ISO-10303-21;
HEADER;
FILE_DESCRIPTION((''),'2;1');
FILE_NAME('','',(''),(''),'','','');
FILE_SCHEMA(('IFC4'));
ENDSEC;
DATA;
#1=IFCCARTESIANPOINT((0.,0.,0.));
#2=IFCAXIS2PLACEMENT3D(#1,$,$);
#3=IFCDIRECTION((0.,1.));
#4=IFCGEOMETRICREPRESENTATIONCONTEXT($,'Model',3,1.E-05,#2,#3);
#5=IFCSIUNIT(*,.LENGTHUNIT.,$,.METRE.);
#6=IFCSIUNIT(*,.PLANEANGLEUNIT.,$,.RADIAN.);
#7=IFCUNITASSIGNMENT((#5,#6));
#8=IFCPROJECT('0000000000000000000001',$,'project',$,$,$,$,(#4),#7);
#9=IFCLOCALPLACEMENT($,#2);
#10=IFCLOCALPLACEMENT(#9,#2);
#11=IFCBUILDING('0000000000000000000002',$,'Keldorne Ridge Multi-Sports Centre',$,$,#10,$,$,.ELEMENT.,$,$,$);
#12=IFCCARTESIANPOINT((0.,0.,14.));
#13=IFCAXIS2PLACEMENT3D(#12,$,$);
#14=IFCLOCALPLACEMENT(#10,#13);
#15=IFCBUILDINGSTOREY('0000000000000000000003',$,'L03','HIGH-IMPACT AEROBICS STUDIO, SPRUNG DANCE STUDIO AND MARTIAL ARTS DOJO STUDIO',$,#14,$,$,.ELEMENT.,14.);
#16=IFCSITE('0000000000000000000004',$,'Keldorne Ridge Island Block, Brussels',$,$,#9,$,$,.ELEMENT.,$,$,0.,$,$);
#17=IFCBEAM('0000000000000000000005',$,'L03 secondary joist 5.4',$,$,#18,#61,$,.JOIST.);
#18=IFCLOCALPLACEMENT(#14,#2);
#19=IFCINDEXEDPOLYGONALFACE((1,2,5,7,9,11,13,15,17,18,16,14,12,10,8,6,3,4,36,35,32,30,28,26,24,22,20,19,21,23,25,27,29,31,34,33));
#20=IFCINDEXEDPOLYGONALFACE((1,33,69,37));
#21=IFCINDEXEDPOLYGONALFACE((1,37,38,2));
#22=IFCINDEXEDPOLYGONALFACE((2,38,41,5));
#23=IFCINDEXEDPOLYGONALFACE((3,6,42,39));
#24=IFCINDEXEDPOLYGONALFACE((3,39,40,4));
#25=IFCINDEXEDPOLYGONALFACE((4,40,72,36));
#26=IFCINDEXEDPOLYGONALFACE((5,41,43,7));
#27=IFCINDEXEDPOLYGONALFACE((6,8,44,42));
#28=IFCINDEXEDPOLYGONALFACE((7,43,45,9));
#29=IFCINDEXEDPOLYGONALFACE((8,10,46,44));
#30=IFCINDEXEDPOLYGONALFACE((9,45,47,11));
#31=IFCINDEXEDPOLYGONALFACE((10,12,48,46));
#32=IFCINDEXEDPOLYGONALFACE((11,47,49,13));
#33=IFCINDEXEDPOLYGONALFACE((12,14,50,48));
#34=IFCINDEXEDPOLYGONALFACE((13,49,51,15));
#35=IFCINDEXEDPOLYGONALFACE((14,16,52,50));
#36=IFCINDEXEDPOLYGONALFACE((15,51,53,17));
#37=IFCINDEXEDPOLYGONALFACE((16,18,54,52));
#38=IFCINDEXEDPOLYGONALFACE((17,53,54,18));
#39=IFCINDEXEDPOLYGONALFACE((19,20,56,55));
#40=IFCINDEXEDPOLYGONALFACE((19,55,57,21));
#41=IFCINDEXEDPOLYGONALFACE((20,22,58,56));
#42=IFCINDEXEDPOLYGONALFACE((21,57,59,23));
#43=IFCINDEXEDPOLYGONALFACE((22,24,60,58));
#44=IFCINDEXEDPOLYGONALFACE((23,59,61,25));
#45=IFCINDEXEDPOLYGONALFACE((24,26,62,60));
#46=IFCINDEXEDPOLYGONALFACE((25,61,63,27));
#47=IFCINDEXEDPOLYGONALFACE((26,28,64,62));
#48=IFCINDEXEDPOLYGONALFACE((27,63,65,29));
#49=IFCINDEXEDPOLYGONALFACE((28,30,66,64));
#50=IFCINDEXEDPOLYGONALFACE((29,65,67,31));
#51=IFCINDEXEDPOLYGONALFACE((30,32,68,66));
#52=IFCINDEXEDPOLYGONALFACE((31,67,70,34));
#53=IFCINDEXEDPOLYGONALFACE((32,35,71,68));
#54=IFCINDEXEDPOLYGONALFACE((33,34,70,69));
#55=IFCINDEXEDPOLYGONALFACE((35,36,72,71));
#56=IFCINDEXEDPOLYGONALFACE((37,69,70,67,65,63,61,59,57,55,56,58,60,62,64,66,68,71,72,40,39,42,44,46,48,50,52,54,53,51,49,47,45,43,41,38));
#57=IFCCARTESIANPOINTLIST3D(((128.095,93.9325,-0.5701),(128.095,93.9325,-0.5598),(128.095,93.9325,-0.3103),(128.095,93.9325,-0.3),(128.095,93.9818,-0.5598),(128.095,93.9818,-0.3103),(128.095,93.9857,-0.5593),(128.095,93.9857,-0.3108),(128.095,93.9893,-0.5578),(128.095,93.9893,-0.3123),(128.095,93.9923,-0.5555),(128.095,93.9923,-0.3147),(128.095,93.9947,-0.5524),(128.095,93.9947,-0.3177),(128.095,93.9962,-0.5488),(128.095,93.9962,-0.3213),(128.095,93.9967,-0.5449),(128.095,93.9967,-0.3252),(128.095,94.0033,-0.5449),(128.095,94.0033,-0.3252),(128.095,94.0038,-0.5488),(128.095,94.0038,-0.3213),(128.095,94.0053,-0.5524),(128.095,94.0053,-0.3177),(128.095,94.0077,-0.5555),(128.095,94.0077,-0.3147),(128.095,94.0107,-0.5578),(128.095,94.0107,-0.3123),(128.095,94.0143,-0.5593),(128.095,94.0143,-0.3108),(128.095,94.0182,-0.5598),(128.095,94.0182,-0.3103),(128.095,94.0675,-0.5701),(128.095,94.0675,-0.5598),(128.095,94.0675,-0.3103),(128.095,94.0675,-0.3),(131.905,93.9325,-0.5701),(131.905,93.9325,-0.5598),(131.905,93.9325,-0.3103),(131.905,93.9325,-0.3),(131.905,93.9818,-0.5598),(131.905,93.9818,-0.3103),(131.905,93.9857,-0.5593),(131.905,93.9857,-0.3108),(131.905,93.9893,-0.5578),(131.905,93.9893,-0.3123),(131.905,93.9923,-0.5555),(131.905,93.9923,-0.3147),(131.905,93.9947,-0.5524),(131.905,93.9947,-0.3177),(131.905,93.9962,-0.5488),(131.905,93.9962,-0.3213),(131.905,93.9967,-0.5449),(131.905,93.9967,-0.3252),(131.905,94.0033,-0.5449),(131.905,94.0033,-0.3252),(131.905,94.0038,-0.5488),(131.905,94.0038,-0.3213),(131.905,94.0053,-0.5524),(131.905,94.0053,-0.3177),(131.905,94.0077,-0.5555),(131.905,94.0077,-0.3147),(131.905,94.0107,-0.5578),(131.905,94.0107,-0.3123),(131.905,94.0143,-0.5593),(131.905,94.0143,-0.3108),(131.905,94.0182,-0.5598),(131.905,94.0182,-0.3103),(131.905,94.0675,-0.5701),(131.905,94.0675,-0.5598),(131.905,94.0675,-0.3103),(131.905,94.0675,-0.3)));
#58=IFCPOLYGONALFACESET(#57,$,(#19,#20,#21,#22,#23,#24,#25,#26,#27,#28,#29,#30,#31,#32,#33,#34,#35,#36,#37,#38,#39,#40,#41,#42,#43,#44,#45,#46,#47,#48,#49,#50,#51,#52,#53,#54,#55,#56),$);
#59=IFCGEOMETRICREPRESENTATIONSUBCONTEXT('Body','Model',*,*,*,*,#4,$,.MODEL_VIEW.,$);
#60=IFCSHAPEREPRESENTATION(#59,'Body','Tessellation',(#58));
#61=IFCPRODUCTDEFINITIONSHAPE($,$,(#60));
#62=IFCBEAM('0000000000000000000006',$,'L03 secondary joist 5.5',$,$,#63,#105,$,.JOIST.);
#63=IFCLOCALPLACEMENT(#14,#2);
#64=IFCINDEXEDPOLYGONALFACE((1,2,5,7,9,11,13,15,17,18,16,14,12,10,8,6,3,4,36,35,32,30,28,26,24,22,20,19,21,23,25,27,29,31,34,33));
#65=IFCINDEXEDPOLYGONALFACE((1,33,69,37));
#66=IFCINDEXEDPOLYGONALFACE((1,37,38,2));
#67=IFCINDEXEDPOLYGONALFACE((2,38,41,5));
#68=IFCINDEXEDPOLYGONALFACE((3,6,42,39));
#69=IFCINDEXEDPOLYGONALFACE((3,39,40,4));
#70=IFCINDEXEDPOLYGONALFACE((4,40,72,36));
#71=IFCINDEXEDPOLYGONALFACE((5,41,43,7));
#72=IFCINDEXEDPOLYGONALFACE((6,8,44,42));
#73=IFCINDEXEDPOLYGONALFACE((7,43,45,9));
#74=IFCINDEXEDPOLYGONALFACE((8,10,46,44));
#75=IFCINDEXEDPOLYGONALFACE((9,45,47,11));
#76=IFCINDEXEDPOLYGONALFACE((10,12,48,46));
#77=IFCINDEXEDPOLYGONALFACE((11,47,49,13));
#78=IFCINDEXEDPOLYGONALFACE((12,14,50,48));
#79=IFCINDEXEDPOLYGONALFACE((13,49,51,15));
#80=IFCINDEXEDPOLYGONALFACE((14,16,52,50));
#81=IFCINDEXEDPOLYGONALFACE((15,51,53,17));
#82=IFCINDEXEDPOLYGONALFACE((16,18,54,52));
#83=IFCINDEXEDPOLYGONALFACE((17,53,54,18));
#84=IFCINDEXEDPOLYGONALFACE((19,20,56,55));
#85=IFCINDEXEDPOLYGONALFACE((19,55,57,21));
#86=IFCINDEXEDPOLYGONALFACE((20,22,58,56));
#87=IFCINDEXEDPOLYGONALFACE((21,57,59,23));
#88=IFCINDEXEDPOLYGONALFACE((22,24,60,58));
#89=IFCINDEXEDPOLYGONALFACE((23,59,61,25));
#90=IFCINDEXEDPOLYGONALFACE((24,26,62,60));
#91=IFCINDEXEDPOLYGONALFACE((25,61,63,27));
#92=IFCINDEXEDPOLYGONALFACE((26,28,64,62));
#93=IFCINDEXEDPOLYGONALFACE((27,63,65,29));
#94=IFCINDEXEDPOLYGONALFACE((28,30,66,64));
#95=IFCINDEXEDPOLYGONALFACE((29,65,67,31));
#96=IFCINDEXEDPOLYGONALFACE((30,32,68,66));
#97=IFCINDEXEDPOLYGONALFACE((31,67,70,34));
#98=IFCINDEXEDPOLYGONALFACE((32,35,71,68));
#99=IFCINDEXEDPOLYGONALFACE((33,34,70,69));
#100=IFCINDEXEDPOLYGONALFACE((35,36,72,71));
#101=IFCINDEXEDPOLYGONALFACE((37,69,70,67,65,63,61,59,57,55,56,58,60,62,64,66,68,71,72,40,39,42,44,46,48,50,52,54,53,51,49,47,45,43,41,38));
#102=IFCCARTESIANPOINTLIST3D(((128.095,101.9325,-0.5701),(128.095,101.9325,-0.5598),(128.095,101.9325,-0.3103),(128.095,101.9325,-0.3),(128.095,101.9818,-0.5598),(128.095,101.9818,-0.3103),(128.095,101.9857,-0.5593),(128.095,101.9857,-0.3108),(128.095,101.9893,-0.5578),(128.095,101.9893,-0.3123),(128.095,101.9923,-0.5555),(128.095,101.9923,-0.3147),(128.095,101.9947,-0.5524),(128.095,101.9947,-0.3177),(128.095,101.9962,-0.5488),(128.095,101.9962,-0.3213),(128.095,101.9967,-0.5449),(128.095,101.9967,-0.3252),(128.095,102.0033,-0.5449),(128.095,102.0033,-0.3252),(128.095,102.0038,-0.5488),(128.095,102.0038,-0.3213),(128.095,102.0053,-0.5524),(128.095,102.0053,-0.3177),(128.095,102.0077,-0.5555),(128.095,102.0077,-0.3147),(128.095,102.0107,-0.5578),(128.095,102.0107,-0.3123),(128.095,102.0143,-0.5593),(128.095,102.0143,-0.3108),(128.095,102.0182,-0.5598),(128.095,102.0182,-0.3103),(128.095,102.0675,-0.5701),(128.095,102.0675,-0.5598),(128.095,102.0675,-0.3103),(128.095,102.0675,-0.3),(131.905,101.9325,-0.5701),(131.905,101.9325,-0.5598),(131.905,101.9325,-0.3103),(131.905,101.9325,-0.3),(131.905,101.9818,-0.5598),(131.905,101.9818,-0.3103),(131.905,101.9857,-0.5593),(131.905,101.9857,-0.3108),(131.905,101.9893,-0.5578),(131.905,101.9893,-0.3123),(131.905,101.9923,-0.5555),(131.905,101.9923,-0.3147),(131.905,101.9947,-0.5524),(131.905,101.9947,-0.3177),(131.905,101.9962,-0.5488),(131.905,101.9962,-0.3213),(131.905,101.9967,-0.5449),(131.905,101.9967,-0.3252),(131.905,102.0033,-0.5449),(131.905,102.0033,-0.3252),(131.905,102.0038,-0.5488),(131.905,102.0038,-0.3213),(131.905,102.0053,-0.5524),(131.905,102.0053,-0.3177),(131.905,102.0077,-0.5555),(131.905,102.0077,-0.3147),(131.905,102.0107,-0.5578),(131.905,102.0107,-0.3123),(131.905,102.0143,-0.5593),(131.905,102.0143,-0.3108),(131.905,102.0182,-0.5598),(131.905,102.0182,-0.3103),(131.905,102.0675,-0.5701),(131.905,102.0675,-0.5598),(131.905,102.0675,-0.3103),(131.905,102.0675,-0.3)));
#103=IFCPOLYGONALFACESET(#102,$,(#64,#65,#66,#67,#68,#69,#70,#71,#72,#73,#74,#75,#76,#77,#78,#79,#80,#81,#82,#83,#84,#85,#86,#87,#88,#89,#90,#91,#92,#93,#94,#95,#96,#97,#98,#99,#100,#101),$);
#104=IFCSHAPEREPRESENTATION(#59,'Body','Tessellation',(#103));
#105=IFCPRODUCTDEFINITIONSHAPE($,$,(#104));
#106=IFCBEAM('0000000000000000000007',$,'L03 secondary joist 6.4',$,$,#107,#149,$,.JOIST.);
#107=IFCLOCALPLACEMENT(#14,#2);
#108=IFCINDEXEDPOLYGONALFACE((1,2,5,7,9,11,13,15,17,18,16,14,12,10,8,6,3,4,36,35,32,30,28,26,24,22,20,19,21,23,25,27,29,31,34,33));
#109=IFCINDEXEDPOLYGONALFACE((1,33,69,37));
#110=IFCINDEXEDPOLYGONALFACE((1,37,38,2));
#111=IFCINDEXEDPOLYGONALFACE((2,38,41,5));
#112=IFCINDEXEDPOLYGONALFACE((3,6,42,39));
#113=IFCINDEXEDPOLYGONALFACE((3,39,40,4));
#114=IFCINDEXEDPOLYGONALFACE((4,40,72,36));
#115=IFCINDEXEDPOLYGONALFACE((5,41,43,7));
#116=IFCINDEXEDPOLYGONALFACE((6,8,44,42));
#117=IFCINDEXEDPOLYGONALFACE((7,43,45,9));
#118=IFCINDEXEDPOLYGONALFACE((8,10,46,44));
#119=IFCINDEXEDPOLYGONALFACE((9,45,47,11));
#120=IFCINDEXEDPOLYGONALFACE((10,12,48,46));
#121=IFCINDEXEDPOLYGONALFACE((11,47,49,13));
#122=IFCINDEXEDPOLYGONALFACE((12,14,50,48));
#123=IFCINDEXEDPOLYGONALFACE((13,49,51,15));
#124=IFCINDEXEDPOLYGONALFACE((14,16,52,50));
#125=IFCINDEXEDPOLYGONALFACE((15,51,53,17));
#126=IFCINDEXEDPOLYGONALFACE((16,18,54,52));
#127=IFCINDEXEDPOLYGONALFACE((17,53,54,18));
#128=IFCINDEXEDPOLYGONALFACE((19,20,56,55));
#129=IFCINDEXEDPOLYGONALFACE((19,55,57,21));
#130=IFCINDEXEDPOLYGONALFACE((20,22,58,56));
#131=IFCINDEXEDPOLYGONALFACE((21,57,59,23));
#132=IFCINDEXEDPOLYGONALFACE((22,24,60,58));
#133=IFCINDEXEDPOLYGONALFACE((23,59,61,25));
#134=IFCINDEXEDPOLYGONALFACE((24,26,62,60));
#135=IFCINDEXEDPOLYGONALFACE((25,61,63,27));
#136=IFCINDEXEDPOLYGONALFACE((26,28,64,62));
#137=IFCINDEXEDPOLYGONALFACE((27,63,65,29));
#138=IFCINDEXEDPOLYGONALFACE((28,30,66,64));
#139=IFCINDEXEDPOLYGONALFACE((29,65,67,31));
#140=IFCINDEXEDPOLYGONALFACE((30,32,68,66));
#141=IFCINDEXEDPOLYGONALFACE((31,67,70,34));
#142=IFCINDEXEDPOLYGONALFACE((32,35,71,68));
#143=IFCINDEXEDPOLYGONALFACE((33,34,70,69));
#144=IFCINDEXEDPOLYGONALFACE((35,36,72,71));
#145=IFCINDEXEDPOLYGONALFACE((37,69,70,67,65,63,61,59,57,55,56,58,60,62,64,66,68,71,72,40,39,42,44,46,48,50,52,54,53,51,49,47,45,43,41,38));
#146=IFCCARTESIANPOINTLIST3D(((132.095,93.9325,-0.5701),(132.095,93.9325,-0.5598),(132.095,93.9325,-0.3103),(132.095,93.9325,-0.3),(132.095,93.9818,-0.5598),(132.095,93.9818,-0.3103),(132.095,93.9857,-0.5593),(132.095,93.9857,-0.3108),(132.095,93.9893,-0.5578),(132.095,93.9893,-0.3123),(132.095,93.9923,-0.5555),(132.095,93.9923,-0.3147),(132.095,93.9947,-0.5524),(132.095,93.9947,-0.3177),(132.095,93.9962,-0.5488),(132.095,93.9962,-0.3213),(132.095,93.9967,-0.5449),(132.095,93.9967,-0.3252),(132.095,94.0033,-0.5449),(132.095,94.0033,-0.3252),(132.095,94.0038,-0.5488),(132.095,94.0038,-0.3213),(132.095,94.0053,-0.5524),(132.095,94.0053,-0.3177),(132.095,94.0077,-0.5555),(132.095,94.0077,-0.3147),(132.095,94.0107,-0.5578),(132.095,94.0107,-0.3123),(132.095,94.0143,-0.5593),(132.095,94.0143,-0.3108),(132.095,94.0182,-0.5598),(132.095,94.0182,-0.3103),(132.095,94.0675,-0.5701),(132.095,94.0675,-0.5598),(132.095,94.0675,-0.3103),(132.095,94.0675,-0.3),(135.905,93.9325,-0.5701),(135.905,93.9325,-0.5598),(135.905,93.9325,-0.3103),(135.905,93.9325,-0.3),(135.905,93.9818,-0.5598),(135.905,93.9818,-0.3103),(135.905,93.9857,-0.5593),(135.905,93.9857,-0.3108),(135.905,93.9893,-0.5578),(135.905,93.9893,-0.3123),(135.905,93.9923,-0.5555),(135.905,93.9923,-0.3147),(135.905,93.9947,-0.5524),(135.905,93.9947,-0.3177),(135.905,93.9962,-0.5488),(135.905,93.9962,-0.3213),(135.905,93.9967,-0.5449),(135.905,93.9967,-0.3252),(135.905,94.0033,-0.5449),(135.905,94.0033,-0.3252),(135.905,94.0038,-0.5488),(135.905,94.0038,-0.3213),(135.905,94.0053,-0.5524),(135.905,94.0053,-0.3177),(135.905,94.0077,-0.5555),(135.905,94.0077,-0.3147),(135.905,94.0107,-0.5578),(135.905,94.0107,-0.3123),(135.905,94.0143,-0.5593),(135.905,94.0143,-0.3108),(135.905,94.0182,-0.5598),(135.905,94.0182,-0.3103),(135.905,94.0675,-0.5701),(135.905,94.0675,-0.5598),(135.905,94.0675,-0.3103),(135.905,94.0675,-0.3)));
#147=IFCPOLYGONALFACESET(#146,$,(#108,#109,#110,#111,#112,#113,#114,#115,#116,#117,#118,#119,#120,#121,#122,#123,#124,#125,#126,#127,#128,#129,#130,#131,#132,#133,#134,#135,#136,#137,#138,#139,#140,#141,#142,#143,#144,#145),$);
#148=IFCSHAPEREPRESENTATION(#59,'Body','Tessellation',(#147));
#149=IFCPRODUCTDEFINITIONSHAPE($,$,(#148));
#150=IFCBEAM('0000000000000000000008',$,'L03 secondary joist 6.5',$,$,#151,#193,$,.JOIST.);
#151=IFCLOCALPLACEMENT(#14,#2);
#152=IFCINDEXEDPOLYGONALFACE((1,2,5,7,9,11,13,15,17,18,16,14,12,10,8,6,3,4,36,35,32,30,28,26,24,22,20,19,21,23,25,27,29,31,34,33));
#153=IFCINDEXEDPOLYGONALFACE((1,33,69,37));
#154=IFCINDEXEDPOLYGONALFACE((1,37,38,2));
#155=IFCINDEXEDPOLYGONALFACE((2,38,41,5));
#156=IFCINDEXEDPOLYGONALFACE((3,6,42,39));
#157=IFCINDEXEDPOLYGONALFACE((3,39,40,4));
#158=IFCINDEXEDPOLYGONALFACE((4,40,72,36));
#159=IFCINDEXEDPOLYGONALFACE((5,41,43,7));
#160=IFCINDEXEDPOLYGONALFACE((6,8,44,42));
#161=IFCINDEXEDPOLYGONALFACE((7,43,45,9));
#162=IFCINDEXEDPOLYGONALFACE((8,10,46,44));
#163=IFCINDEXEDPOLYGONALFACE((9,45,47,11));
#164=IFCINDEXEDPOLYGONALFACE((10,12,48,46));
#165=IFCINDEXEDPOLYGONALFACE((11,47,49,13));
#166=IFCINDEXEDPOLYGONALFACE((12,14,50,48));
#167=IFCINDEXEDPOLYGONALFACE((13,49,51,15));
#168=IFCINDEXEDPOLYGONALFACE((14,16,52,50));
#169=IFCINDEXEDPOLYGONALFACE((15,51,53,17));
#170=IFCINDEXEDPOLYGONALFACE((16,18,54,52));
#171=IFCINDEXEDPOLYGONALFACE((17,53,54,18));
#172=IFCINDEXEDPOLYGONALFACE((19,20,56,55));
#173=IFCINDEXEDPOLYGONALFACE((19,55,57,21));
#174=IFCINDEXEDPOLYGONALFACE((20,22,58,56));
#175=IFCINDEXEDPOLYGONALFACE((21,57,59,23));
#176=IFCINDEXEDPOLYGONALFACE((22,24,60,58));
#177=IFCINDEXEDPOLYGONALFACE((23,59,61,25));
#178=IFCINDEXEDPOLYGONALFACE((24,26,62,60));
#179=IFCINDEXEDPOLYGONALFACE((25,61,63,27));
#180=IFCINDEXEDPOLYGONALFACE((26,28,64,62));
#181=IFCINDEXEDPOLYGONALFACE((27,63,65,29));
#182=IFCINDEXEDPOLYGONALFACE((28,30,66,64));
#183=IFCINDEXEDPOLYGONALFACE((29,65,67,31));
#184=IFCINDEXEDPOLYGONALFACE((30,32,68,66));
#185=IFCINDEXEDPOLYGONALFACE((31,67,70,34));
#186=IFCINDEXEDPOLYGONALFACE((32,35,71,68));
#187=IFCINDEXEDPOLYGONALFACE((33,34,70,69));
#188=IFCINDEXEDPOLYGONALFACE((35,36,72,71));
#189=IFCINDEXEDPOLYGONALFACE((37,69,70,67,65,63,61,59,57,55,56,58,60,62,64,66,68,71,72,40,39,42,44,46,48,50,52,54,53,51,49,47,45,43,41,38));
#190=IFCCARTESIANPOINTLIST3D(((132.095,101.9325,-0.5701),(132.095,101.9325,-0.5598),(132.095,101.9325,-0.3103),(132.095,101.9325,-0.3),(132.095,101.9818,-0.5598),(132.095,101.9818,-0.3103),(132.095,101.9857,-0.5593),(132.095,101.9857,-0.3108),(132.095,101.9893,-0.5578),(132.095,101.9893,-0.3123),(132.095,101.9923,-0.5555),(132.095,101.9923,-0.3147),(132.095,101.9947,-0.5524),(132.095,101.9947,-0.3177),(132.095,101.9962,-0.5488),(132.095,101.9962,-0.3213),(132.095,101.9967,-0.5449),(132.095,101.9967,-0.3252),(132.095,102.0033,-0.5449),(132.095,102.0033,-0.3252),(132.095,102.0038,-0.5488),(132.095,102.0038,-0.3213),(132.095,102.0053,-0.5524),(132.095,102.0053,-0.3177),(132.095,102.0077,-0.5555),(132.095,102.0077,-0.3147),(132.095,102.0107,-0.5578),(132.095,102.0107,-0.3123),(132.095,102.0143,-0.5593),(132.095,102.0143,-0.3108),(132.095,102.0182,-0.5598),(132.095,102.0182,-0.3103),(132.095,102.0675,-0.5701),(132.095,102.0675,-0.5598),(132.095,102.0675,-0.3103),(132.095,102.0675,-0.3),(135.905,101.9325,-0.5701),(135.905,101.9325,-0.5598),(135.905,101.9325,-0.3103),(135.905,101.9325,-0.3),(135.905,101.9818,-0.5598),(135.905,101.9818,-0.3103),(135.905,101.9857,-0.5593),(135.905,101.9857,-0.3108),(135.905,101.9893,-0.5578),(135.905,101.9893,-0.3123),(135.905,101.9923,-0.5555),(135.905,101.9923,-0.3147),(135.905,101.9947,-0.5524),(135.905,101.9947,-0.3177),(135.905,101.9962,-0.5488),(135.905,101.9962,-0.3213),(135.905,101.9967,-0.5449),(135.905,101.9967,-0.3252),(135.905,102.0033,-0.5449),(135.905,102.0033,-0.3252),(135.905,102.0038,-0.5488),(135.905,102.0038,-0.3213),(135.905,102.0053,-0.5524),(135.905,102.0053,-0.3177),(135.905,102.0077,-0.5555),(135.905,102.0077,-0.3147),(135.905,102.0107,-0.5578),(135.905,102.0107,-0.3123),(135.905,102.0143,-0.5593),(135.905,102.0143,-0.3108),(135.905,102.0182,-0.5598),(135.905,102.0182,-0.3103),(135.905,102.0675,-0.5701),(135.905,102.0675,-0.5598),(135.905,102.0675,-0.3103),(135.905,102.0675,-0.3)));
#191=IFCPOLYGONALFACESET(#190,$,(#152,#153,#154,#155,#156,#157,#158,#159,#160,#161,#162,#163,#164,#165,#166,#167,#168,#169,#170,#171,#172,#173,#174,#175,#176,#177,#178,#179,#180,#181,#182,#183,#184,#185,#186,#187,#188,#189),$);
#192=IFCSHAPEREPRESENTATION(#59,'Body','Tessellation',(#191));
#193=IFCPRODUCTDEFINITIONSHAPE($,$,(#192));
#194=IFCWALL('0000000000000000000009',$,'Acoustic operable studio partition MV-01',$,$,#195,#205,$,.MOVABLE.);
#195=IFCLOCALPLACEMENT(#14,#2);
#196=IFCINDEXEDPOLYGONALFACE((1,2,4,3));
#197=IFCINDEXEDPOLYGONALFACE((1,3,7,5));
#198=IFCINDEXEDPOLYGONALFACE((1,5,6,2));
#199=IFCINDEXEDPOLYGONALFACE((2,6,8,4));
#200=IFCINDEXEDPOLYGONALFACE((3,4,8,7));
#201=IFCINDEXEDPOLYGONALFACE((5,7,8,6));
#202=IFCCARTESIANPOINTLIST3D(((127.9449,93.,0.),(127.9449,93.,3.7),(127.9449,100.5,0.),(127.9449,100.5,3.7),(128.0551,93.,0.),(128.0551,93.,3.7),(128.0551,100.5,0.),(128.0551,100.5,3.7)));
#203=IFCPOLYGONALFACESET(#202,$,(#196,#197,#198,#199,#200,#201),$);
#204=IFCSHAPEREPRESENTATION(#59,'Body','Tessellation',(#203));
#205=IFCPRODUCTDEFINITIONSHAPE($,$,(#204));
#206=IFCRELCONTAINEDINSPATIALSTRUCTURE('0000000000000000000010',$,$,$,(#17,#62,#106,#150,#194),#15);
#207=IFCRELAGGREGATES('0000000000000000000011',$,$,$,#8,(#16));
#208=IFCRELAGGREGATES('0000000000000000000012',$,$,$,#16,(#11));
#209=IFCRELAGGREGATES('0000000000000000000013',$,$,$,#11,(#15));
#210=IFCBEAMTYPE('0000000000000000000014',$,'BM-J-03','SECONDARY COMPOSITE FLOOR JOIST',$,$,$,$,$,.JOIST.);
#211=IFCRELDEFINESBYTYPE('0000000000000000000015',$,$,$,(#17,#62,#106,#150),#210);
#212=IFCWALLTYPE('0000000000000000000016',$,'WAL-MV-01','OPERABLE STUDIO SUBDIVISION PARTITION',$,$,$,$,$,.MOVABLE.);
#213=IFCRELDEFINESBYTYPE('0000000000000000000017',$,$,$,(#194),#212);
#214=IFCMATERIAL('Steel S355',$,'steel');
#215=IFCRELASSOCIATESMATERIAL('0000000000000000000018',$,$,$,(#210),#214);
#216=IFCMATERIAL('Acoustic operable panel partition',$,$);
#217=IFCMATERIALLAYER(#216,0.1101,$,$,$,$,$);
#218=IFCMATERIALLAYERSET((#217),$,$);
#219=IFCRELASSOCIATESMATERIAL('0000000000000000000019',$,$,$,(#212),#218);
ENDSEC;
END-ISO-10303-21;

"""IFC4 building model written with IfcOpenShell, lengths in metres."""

from ifc_helpers import new_model, si_unit, direction, frame, frame_2d, origin, origin_2d, place, context, subcontext, project, spatial, rectangle, i_section, extrude, material, layer, layer_set, material_profile, profile_set, type_object, element, save


model = new_model("IFC4")

# Units and contexts
model_context = context("Model", 3, precision=1e-05, world=origin(), true_north=direction((0.0, 1.0)))
body_context = subcontext(model_context, "Body", "Model", "MODEL_VIEW")
ifc_project = project(units=[si_unit("LENGTHUNIT", "METRE"), si_unit("PLANEANGLEUNIT", "RADIAN")], contexts=[model_context])

# Site, building, storey
site_placement = place(None, origin())
site = spatial("IfcSite", under=ifc_project, at=site_placement, Name="Keldorne Ridge Island Block, Brussels", CompositionType="ELEMENT", RefElevation=0.0)
building_placement = place(site_placement, origin())
building = spatial("IfcBuilding", under=site, at=building_placement, Name="Keldorne Ridge Multi-Sports Centre", CompositionType="ELEMENT")
storey_placement = place(building_placement, frame((0.0, 0.0, 14.0)))
storey = spatial("IfcBuildingStorey", under=building, at=storey_placement, Name="L03", Description="HIGH-IMPACT AEROBICS STUDIO, SPRUNG DANCE STUDIO AND MARTIAL ARTS DOJO STUDIO", CompositionType="ELEMENT", Elevation=14.0)

# Shared definitions
ifc_material_1 = material(Name="Steel S355", Category="steel")

# Beams
ifc_material_profile_1 = material_profile(ifc_material_1, i_section(OverallWidth=0.135, OverallDepth=0.27, WebThickness=0.0066, FlangeThickness=0.0103, FilletRadius=0.0149, at=origin_2d()), Name="IPE 270")
ifc_profile_set_1 = profile_set([ifc_material_profile_1], Name="Steel S355")
beam_type_1 = type_object("IfcBeamType", Name="BM-J-03", Description="SECONDARY COMPOSITE FLOOR JOIST", PredefinedType="JOIST", material=ifc_profile_set_1)
for number, where, z_axis, x_axis, name in (
    (1, (128.095, 94.0, -0.4351), (1.0, 0.0, 0.0), (0.0, 1.0, 0.0), "L03 secondary joist 5.4"),
    (2, (128.095, 102.0, -0.4351), (1.0, 0.0, 0.0), (0.0, 1.0, 0.0), "L03 secondary joist 5.5"),
    (3, (132.095, 94.0, -0.4351), (1.0, 0.0, 0.0), (0.0, 1.0, 0.0), "L03 secondary joist 6.4"),
    (4, (132.095, 102.0, -0.4351), (1.0, 0.0, 0.0), (0.0, 1.0, 0.0), "L03 secondary joist 6.5"),
):
    element("IfcBeam", number, at=place(storey_placement, frame(where, z_axis=z_axis, x_axis=x_axis)), inside=storey, type_object=beam_type_1, Name=name, PredefinedType="JOIST", context=body_context, shape_type="SweptSolid", body=[
        extrude(i_section(OverallWidth=0.135, OverallDepth=0.27, WebThickness=0.0066, FlangeThickness=0.0103, FilletRadius=0.0149, at=origin_2d()), origin(), (0.0, 0.0, 1.0), 3.8101),
    ])

# Wall
ifc_material_2 = material(Name="Acoustic operable panel partition")
ifc_layer_1 = layer(ifc_material_2, 0.1101)
ifc_layer_set_1 = layer_set([ifc_layer_1])
wall_type_1 = type_object("IfcWallType", Name="WAL-MV-01", Description="OPERABLE STUDIO SUBDIVISION PARTITION", PredefinedType="MOVABLE", material=ifc_layer_set_1)
wall_1_placement = place(storey_placement, frame((128.0, 93.0, 0.0), z_axis=(0.0, 0.0, 1.0), x_axis=(0.0, 1.0, 0.0)))
element("IfcWall", 5, at=wall_1_placement, inside=storey, type_object=wall_type_1, Name="Acoustic operable studio partition MV-01", PredefinedType="MOVABLE", context=body_context, shape_type="SweptSolid", body=[
    extrude(rectangle(XDim=7.5, YDim=0.1101, at=frame_2d((3.75, 0.0))), origin(), (0.0, 0.0, 1.0), 3.7),
])

save(model, "model.ifc")
